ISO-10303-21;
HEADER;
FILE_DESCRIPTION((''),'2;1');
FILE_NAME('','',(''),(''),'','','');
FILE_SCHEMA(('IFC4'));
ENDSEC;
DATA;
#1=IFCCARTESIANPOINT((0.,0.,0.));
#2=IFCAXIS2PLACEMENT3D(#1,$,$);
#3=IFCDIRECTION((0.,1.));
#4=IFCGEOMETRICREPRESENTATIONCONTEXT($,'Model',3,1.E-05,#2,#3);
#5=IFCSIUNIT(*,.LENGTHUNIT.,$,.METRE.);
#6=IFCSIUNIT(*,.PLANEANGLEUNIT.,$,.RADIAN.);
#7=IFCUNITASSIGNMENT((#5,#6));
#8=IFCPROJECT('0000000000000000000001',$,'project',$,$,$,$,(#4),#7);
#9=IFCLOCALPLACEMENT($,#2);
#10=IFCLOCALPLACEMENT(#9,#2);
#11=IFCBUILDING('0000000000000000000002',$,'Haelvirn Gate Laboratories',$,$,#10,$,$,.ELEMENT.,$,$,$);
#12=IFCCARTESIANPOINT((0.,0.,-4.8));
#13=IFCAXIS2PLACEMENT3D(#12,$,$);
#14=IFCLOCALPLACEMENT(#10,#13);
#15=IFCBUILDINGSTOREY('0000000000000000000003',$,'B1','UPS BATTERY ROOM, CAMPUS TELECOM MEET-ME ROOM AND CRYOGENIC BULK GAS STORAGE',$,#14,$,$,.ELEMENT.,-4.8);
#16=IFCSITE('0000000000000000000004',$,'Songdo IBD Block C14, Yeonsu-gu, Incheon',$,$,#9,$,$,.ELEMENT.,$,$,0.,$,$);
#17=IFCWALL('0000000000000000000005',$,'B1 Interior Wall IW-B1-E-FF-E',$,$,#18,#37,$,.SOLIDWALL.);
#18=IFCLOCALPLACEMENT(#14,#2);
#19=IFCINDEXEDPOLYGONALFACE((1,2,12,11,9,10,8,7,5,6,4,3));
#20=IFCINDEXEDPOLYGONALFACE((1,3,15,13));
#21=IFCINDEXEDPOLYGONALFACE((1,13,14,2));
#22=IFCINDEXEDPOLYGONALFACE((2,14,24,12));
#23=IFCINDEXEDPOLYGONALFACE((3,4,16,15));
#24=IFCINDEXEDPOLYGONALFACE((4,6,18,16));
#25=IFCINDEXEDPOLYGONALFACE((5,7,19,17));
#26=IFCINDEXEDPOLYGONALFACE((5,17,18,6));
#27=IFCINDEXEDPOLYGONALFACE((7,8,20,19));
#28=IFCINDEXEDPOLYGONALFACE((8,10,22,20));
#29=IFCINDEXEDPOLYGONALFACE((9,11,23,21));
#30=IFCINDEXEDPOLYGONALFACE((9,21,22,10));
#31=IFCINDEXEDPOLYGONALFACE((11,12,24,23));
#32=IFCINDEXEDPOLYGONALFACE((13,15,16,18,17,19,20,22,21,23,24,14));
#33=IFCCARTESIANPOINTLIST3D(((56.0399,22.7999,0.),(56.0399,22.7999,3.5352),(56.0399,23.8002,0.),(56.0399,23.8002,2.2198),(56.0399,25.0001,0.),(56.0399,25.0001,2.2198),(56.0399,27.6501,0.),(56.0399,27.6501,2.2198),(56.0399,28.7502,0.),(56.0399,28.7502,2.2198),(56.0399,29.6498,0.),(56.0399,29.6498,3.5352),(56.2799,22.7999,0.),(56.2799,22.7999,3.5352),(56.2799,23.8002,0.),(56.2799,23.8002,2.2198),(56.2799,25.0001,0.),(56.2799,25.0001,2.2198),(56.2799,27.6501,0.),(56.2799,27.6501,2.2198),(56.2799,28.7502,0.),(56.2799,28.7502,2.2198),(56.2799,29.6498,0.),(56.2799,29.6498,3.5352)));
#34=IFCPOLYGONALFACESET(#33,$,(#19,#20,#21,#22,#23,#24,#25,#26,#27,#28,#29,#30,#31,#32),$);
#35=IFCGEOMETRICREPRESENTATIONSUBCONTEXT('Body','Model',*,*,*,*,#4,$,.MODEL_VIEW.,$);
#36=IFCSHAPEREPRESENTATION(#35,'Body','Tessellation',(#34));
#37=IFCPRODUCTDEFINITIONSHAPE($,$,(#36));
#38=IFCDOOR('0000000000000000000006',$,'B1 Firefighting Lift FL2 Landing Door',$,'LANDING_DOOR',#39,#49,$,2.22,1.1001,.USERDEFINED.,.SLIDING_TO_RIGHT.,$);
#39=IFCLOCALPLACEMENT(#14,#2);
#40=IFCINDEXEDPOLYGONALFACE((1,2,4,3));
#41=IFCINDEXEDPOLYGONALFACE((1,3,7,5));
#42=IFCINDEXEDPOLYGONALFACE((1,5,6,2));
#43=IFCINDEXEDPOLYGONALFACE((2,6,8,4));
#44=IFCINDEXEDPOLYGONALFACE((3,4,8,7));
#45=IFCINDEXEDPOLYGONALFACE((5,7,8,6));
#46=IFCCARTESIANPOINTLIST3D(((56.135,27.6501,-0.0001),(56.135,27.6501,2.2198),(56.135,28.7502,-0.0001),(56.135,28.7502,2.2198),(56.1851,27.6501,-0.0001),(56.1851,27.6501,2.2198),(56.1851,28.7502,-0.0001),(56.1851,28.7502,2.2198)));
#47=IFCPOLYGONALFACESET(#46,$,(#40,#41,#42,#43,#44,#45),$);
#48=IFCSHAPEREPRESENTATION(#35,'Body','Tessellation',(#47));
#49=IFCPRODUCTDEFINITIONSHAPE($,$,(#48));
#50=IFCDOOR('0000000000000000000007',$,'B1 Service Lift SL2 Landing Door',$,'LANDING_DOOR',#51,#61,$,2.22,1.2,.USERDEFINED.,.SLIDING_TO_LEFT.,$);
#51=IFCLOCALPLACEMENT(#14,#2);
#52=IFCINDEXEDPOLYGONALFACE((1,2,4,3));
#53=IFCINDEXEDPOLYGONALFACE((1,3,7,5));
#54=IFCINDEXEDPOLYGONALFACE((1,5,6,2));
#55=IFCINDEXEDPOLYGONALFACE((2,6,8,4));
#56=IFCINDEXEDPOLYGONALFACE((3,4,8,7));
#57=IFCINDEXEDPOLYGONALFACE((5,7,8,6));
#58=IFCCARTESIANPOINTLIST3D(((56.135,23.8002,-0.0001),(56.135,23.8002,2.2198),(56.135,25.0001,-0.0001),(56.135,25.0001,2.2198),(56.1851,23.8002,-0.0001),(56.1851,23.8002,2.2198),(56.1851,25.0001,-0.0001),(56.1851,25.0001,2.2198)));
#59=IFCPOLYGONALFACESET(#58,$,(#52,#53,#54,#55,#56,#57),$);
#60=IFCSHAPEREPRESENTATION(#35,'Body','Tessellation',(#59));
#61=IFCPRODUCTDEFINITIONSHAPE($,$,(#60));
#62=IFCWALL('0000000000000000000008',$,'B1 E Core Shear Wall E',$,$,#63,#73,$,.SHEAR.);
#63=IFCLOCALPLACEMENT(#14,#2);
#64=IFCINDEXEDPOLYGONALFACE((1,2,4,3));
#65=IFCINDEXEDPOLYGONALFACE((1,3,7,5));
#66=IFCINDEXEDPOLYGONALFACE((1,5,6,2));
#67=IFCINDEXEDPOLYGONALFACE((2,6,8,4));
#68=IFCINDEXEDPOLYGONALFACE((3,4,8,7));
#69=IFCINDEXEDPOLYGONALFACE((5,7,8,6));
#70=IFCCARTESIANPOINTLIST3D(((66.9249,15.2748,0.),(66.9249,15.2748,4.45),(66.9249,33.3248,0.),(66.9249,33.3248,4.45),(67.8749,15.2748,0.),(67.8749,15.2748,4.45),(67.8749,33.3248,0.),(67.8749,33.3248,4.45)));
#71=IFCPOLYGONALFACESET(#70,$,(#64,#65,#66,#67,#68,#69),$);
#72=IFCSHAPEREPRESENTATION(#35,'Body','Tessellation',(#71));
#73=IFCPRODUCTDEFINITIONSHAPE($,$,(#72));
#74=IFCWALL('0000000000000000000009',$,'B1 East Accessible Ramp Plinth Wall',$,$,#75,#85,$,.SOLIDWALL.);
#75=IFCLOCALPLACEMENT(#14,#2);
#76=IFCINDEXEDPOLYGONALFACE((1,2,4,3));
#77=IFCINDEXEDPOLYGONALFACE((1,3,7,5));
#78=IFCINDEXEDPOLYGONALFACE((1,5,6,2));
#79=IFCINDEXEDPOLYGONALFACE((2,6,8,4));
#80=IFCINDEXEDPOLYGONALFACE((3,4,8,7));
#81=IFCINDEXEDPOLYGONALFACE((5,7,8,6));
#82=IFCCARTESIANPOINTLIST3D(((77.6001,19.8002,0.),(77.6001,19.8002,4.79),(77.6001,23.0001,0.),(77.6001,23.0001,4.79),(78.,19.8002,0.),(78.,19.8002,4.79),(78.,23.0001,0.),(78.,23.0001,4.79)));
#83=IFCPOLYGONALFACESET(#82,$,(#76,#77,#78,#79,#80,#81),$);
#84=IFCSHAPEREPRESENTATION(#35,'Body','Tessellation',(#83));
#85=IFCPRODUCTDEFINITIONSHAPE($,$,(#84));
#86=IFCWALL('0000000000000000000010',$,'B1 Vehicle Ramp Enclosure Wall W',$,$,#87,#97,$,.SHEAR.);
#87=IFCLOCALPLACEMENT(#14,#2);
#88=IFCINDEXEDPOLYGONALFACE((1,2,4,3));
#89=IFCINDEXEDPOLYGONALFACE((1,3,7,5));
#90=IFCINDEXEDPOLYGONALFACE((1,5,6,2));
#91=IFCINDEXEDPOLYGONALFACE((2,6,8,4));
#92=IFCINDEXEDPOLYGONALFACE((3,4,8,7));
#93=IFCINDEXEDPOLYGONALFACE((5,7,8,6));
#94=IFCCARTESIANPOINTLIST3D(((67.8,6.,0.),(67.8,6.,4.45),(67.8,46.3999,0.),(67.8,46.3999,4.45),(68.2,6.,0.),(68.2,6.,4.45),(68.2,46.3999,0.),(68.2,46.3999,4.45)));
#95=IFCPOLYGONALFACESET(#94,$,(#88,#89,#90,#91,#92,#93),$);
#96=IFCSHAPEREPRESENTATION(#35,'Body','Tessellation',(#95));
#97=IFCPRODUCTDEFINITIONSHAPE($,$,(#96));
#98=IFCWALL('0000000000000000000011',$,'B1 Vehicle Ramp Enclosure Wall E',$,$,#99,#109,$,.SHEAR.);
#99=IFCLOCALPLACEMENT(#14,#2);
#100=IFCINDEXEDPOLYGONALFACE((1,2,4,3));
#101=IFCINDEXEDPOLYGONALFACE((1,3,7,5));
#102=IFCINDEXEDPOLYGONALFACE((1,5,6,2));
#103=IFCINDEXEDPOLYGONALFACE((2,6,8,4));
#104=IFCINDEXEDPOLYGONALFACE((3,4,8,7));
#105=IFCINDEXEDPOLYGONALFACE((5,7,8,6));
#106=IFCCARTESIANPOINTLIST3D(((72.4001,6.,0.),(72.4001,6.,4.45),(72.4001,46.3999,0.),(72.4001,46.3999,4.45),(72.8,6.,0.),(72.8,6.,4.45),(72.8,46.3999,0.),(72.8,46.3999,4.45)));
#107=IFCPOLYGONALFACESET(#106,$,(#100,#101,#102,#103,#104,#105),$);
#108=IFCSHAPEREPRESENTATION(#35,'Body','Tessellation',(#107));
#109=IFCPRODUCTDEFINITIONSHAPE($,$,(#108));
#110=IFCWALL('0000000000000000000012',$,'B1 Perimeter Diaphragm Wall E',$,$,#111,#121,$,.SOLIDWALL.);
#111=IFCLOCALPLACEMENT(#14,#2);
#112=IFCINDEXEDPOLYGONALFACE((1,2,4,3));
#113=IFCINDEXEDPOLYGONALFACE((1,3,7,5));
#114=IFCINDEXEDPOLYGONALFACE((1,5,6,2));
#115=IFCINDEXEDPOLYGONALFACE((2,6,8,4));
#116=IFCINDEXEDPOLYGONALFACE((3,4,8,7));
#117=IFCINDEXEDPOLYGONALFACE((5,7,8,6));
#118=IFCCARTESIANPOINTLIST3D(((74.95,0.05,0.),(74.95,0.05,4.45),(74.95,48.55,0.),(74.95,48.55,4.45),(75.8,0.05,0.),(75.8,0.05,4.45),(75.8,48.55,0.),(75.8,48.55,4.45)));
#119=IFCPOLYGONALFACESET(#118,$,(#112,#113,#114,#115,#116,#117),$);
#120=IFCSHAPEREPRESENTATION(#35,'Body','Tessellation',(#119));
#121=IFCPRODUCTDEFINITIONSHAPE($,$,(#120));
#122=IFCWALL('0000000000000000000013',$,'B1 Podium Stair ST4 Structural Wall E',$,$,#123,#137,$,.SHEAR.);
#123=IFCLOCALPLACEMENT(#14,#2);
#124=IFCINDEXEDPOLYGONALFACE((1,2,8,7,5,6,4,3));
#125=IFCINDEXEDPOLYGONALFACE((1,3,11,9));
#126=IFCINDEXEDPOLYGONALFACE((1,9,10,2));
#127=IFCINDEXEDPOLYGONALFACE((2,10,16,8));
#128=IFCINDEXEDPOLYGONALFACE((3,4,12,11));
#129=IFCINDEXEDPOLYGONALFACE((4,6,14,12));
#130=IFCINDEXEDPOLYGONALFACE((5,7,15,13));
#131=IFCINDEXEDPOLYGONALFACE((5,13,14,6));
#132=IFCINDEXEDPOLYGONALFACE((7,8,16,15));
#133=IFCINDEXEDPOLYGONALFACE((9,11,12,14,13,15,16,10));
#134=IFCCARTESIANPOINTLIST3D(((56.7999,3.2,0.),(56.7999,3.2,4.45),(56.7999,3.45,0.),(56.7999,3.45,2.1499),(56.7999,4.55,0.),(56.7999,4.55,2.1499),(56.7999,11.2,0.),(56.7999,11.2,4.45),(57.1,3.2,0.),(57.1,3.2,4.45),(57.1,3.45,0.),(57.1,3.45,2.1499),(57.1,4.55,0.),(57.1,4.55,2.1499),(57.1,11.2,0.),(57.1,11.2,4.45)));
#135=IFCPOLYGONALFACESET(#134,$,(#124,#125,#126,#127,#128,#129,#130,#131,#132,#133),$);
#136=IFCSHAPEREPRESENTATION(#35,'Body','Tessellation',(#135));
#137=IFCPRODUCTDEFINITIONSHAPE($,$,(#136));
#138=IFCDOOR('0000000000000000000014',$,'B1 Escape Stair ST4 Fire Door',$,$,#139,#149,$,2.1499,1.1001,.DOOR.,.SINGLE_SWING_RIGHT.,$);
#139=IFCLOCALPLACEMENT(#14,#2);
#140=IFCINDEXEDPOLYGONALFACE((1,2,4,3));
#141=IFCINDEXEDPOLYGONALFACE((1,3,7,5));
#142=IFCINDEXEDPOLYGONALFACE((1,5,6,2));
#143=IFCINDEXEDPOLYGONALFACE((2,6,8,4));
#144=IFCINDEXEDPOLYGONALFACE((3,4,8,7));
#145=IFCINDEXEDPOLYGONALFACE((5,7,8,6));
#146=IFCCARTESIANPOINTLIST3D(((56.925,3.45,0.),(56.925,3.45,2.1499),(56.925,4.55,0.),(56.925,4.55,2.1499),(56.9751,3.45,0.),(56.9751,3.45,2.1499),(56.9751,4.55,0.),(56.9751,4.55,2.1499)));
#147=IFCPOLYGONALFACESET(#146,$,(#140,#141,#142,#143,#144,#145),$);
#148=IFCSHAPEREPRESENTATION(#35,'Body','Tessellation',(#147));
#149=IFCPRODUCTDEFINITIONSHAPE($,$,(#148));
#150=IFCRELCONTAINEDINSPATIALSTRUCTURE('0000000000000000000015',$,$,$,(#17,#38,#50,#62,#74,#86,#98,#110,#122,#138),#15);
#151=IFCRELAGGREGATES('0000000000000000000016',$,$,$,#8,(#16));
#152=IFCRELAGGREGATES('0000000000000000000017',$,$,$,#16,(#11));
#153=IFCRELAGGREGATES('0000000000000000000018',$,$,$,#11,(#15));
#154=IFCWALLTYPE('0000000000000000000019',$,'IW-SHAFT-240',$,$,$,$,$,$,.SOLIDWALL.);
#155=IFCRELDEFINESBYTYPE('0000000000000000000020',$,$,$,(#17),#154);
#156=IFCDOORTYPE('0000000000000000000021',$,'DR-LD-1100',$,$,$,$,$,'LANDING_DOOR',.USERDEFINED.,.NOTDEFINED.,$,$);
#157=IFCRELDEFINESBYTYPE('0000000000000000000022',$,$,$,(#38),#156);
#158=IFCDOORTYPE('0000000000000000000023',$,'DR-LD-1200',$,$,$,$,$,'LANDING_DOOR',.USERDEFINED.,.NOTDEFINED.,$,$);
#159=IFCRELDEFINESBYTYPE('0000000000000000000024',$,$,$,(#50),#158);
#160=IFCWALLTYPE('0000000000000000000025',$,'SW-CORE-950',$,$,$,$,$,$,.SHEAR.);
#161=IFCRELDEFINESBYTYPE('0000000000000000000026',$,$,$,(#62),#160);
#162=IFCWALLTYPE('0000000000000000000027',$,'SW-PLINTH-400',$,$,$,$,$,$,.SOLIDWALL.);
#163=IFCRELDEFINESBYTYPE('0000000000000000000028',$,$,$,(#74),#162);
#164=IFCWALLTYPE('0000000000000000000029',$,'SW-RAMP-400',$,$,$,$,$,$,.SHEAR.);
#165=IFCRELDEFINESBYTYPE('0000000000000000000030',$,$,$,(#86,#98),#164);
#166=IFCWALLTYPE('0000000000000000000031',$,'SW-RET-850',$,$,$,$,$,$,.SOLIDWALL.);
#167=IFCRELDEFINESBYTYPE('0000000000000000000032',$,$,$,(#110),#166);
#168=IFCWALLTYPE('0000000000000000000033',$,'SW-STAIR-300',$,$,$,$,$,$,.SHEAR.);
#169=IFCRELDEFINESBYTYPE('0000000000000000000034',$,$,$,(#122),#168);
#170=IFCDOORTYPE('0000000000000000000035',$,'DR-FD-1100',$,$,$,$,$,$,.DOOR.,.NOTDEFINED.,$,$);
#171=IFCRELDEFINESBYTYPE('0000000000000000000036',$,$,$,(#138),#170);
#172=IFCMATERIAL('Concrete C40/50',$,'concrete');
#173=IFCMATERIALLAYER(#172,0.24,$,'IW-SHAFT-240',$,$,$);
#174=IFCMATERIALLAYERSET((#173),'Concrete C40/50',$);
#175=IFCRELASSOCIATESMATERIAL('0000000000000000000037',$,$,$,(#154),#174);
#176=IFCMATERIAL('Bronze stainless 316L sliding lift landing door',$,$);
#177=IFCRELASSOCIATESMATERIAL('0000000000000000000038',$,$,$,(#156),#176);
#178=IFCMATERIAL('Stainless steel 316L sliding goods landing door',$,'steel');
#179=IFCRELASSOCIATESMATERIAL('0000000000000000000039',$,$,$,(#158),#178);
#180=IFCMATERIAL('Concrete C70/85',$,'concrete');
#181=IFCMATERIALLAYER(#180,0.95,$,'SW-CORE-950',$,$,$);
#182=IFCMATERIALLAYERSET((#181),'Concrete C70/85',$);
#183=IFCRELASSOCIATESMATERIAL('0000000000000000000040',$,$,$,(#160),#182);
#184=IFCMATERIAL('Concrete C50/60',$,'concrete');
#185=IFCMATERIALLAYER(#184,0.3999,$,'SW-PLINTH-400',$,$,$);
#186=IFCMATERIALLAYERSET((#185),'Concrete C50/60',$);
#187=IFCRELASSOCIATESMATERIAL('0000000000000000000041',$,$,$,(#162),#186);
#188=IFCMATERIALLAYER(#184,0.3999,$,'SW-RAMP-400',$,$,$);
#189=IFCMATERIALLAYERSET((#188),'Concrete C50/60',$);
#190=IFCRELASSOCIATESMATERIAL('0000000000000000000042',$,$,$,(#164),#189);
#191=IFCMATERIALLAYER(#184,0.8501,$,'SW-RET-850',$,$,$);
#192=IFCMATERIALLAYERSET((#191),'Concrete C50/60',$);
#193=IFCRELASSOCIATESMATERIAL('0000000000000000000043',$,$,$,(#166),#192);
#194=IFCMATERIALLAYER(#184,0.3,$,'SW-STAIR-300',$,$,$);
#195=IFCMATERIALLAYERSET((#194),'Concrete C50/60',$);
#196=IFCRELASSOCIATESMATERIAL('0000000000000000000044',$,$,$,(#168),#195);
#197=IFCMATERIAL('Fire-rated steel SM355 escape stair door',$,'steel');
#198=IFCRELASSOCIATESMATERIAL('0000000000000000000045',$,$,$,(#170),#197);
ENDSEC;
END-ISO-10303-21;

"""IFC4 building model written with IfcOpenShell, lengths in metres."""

from ifc_helpers import new_model, si_unit, direction, frame, frame_2d, origin, place, context, subcontext, project, spatial, rectangle, extrude, source, transform, mapped, material, layer, layer_set, type_object, type_shapes, element, fill, save


model = new_model("IFC4")

# Units and contexts
model_context = context("Model", 3, precision=1e-05, world=origin(), true_north=direction((0.0, 1.0)))
body_context = subcontext(model_context, "Body", "Model", "MODEL_VIEW")
ifc_project = project(units=[si_unit("LENGTHUNIT", "METRE"), si_unit("PLANEANGLEUNIT", "RADIAN")], contexts=[model_context])

# Site, building, storey
site_placement = place(None, origin())
site = spatial("IfcSite", under=ifc_project, at=site_placement, Name="Songdo IBD Block C14, Yeonsu-gu, Incheon", CompositionType="ELEMENT", RefElevation=0.0)
building_placement = place(site_placement, origin())
building = spatial("IfcBuilding", under=site, at=building_placement, Name="Haelvirn Gate Laboratories", CompositionType="ELEMENT")
storey_placement = place(building_placement, frame((0.0, 0.0, -4.8)))
storey = spatial("IfcBuildingStorey", under=building, at=storey_placement, Name="B1", Description="UPS BATTERY ROOM, CAMPUS TELECOM MEET-ME ROOM AND CRYOGENIC BULK GAS STORAGE", CompositionType="ELEMENT", Elevation=-4.8)

# Shared definitions
ifc_material_1 = material(Name="Concrete C70/85", Category="concrete")

# Shared definitions
ifc_material_2 = material(Name="Concrete C50/60", Category="concrete")

# Wall, openings, doors
ifc_material_3 = material(Name="Concrete C40/50", Category="concrete")
ifc_layer_1 = layer(ifc_material_3, 0.24, Name="IW-SHAFT-240")
ifc_layer_set_1 = layer_set([ifc_layer_1], Name="Concrete C40/50")
wall_type_1 = type_object("IfcWallType", Name="IW-SHAFT-240", PredefinedType="SOLIDWALL", material=ifc_layer_set_1)
wall_1_placement = place(storey_placement, frame((56.1599, 22.8, 0.0), z_axis=(0.0, 0.0, 1.0), x_axis=(0.0, 1.0, 0.0)))
wall_1 = element("IfcWall", 1, at=wall_1_placement, inside=storey, type_object=wall_type_1, Name="B1 Interior Wall IW-B1-E-FF-E", PredefinedType="SOLIDWALL", context=body_context, shape_type="SweptSolid", body=[
    extrude(rectangle(XDim=6.8499, YDim=0.24, at=frame_2d((3.4248, 0.0))), origin(), (0.0, 0.0, 1.0), 3.5352),
])
opening_1_placement = place(wall_1_placement, frame((4.8501, 0.0, 0.0)))
opening_1 = element("IfcOpeningElement", 2, at=opening_1_placement, cuts=wall_1, PredefinedType="OPENING", context=body_context, shape_type="SweptSolid", body=[
    extrude(rectangle(XDim=1.1001, YDim=2.22, at=frame_2d((0.55, 1.1099))), frame((0.0, 0.1299, 0.0), z_axis=(0.0, -1.0, 0.0), x_axis=(1.0, 0.0, 0.0)), (0.0, 0.0, 1.0), 0.26),
])
opening_2_placement = place(wall_1_placement, frame((1.0, 0.0, 0.0)))
opening_2 = element("IfcOpeningElement", 3, at=opening_2_placement, cuts=wall_1, PredefinedType="OPENING", context=body_context, shape_type="SweptSolid", body=[
    extrude(rectangle(XDim=1.2, YDim=2.22, at=frame_2d((0.6001, 1.1099))), frame((0.0, 0.1299, 0.0), z_axis=(0.0, -1.0, 0.0), x_axis=(1.0, 0.0, 0.0)), (0.0, 0.0, 1.0), 0.26),
])
ifc_material_4 = material(Name="Bronze stainless 316L sliding lift landing door")
door_type_1 = type_object("IfcDoorType", Name="DR-LD-1100", ElementType="LANDING_DOOR", OperationType="NOTDEFINED", PredefinedType="USERDEFINED", material=ifc_material_4)
shared_shape_1 = source(origin(), body_context, "Body", "SweptSolid", [
    extrude(rectangle(XDim=1.1001, YDim=2.22, at=frame_2d((0.55, 1.1099))), frame((0.0, 0.0249, 0.0), z_axis=(0.0, -1.0, 0.0), x_axis=(1.0, 0.0, 0.0)), (0.0, 0.0, 1.0), 0.05),
])
type_shapes(door_type_1, [shared_shape_1])
door_1_placement = place(opening_1_placement, origin())
door_1 = element("IfcDoor", 4, at=door_1_placement, inside=storey, type_object=door_type_1, Name="B1 Firefighting Lift FL2 Landing Door", ObjectType="LANDING_DOOR", OperationType="SLIDING_TO_RIGHT", OverallHeight=2.22, OverallWidth=1.1001, PredefinedType="USERDEFINED", context=body_context, shape_type="MappedRepresentation", body=[
    mapped(shared_shape_1, transform((0.0, 0.0, 0.0), scale=1.0)),
])
fill(opening_1, door_1)
ifc_material_5 = material(Name="Stainless steel 316L sliding goods landing door", Category="steel")
door_type_2 = type_object("IfcDoorType", Name="DR-LD-1200", ElementType="LANDING_DOOR", OperationType="NOTDEFINED", PredefinedType="USERDEFINED", material=ifc_material_5)
shared_shape_2 = source(origin(), body_context, "Body", "SweptSolid", [
    extrude(rectangle(XDim=1.2, YDim=2.22, at=frame_2d((0.6001, 1.1099))), frame((0.0, 0.0249, 0.0), z_axis=(0.0, -1.0, 0.0), x_axis=(1.0, 0.0, 0.0)), (0.0, 0.0, 1.0), 0.05),
])
type_shapes(door_type_2, [shared_shape_2])
door_2_placement = place(opening_2_placement, origin())
door_2 = element("IfcDoor", 5, at=door_2_placement, inside=storey, type_object=door_type_2, Name="B1 Service Lift SL2 Landing Door", ObjectType="LANDING_DOOR", OperationType="SLIDING_TO_LEFT", OverallHeight=2.22, OverallWidth=1.2, PredefinedType="USERDEFINED", context=body_context, shape_type="MappedRepresentation", body=[
    mapped(shared_shape_2, transform((0.0, 0.0, 0.0), scale=1.0)),
])
fill(opening_2, door_2)

# Walls
ifc_layer_2 = layer(ifc_material_1, 0.95, Name="SW-CORE-950")
ifc_layer_set_2 = layer_set([ifc_layer_2], Name="Concrete C70/85")
wall_type_2 = type_object("IfcWallType", Name="SW-CORE-950", PredefinedType="SHEAR", material=ifc_layer_set_2)
wall_2_placement = place(storey_placement, frame((67.3999, 15.2749, 0.0), z_axis=(0.0, 0.0, 1.0), x_axis=(0.0, 1.0, 0.0)))
element("IfcWall", 6, at=wall_2_placement, inside=storey, type_object=wall_type_2, Name="B1 E Core Shear Wall E", PredefinedType="SHEAR", context=body_context, shape_type="SweptSolid", body=[
    extrude(rectangle(XDim=18.05, YDim=0.95, at=frame_2d((9.0249, 0.0))), origin(), (0.0, 0.0, 1.0), 4.45),
])
ifc_layer_3 = layer(ifc_material_2, 0.3999, Name="SW-PLINTH-400")
ifc_layer_set_3 = layer_set([ifc_layer_3], Name="Concrete C50/60")
wall_type_3 = type_object("IfcWallType", Name="SW-PLINTH-400", PredefinedType="SOLIDWALL", material=ifc_layer_set_3)
wall_3_placement = place(storey_placement, frame((77.8, 19.8, 0.0), z_axis=(0.0, 0.0, 1.0), x_axis=(0.0, 1.0, 0.0)))
element("IfcWall", 7, at=wall_3_placement, inside=storey, type_object=wall_type_3, Name="B1 East Accessible Ramp Plinth Wall", PredefinedType="SOLIDWALL", context=body_context, shape_type="SweptSolid", body=[
    extrude(rectangle(XDim=3.2, YDim=0.3999, at=frame_2d((1.6001, 0.0))), origin(), (0.0, 0.0, 1.0), 4.79),
])
ifc_layer_4 = layer(ifc_material_2, 0.3999, Name="SW-RAMP-400")
ifc_layer_set_4 = layer_set([ifc_layer_4], Name="Concrete C50/60")
wall_type_4 = type_object("IfcWallType", Name="SW-RAMP-400", PredefinedType="SHEAR", material=ifc_layer_set_4)
for number, where, z_axis, x_axis, name in (
    (8, (68.0, 6.0, 0.0), (0.0, 0.0, 1.0), (0.0, 1.0, 0.0), "B1 Vehicle Ramp Enclosure Wall W"),
    (9, (72.6001, 6.0, 0.0), (0.0, 0.0, 1.0), (0.0, 1.0, 0.0), "B1 Vehicle Ramp Enclosure Wall E"),
):
    element("IfcWall", number, at=place(storey_placement, frame(where, z_axis=z_axis, x_axis=x_axis)), inside=storey, type_object=wall_type_4, Name=name, PredefinedType="SHEAR", context=body_context, shape_type="SweptSolid", body=[
        extrude(rectangle(XDim=40.3999, YDim=0.3999, at=frame_2d((20.2, 0.0))), origin(), (0.0, 0.0, 1.0), 4.45),
    ])
ifc_layer_5 = layer(ifc_material_2, 0.8501, Name="SW-RET-850")
ifc_layer_set_5 = layer_set([ifc_layer_5], Name="Concrete C50/60")
wall_type_5 = type_object("IfcWallType", Name="SW-RET-850", PredefinedType="SOLIDWALL", material=ifc_layer_set_5)
wall_4_placement = place(storey_placement, frame((75.375, 0.05, 0.0), z_axis=(0.0, 0.0, 1.0), x_axis=(0.0, 1.0, 0.0)))
element("IfcWall", 10, at=wall_4_placement, inside=storey, type_object=wall_type_5, Name="B1 Perimeter Diaphragm Wall E", PredefinedType="SOLIDWALL", context=body_context, shape_type="SweptSolid", body=[
    extrude(rectangle(XDim=48.5, YDim=0.8501, at=frame_2d((24.25, 0.0))), origin(), (0.0, 0.0, 1.0), 4.45),
])

# Wall, opening, door
ifc_layer_6 = layer(ifc_material_2, 0.3, Name="SW-STAIR-300")
ifc_layer_set_6 = layer_set([ifc_layer_6], Name="Concrete C50/60")
wall_type_6 = type_object("IfcWallType", Name="SW-STAIR-300", PredefinedType="SHEAR", material=ifc_layer_set_6)
wall_5_placement = place(storey_placement, frame((56.95, 3.2, 0.0), z_axis=(0.0, 0.0, 1.0), x_axis=(0.0, 1.0, 0.0)))
wall_5 = element("IfcWall", 11, at=wall_5_placement, inside=storey, type_object=wall_type_6, Name="B1 Podium Stair ST4 Structural Wall E", PredefinedType="SHEAR", context=body_context, shape_type="SweptSolid", body=[
    extrude(rectangle(XDim=8.0, YDim=0.3, at=frame_2d((4.0, 0.0))), origin(), (0.0, 0.0, 1.0), 4.45),
])
opening_3_placement = place(wall_5_placement, frame((0.25, 0.0, 0.0)))
opening_3 = element("IfcOpeningElement", 12, at=opening_3_placement, cuts=wall_5, PredefinedType="OPENING", context=body_context, shape_type="SweptSolid", body=[
    extrude(rectangle(XDim=1.1001, YDim=2.1499, at=frame_2d((0.55, 1.075))), frame((0.0, 0.1602, 0.0), z_axis=(0.0, -1.0, 0.0), x_axis=(1.0, 0.0, 0.0)), (0.0, 0.0, 1.0), 0.3201),
])
ifc_material_6 = material(Name="Fire-rated steel SM355 escape stair door", Category="steel")
door_type_3 = type_object("IfcDoorType", Name="DR-FD-1100", OperationType="NOTDEFINED", PredefinedType="DOOR", material=ifc_material_6)
shared_shape_3 = source(origin(), body_context, "Body", "SweptSolid", [
    extrude(rectangle(XDim=1.1001, YDim=2.1499, at=frame_2d((0.55, 1.075))), frame((0.0, 0.0249, 0.0), z_axis=(0.0, -1.0, 0.0), x_axis=(1.0, 0.0, 0.0)), (0.0, 0.0, 1.0), 0.05),
])
type_shapes(door_type_3, [shared_shape_3])
door_3_placement = place(opening_3_placement, origin())
door_3 = element("IfcDoor", 13, at=door_3_placement, inside=storey, type_object=door_type_3, Name="B1 Escape Stair ST4 Fire Door", OperationType="SINGLE_SWING_RIGHT", OverallHeight=2.1499, OverallWidth=1.1001, PredefinedType="DOOR", context=body_context, shape_type="MappedRepresentation", body=[
    mapped(shared_shape_3, transform((0.0, 0.0, 0.0), scale=1.0)),
])
fill(opening_3, door_3)

save(model, "model.ifc")
